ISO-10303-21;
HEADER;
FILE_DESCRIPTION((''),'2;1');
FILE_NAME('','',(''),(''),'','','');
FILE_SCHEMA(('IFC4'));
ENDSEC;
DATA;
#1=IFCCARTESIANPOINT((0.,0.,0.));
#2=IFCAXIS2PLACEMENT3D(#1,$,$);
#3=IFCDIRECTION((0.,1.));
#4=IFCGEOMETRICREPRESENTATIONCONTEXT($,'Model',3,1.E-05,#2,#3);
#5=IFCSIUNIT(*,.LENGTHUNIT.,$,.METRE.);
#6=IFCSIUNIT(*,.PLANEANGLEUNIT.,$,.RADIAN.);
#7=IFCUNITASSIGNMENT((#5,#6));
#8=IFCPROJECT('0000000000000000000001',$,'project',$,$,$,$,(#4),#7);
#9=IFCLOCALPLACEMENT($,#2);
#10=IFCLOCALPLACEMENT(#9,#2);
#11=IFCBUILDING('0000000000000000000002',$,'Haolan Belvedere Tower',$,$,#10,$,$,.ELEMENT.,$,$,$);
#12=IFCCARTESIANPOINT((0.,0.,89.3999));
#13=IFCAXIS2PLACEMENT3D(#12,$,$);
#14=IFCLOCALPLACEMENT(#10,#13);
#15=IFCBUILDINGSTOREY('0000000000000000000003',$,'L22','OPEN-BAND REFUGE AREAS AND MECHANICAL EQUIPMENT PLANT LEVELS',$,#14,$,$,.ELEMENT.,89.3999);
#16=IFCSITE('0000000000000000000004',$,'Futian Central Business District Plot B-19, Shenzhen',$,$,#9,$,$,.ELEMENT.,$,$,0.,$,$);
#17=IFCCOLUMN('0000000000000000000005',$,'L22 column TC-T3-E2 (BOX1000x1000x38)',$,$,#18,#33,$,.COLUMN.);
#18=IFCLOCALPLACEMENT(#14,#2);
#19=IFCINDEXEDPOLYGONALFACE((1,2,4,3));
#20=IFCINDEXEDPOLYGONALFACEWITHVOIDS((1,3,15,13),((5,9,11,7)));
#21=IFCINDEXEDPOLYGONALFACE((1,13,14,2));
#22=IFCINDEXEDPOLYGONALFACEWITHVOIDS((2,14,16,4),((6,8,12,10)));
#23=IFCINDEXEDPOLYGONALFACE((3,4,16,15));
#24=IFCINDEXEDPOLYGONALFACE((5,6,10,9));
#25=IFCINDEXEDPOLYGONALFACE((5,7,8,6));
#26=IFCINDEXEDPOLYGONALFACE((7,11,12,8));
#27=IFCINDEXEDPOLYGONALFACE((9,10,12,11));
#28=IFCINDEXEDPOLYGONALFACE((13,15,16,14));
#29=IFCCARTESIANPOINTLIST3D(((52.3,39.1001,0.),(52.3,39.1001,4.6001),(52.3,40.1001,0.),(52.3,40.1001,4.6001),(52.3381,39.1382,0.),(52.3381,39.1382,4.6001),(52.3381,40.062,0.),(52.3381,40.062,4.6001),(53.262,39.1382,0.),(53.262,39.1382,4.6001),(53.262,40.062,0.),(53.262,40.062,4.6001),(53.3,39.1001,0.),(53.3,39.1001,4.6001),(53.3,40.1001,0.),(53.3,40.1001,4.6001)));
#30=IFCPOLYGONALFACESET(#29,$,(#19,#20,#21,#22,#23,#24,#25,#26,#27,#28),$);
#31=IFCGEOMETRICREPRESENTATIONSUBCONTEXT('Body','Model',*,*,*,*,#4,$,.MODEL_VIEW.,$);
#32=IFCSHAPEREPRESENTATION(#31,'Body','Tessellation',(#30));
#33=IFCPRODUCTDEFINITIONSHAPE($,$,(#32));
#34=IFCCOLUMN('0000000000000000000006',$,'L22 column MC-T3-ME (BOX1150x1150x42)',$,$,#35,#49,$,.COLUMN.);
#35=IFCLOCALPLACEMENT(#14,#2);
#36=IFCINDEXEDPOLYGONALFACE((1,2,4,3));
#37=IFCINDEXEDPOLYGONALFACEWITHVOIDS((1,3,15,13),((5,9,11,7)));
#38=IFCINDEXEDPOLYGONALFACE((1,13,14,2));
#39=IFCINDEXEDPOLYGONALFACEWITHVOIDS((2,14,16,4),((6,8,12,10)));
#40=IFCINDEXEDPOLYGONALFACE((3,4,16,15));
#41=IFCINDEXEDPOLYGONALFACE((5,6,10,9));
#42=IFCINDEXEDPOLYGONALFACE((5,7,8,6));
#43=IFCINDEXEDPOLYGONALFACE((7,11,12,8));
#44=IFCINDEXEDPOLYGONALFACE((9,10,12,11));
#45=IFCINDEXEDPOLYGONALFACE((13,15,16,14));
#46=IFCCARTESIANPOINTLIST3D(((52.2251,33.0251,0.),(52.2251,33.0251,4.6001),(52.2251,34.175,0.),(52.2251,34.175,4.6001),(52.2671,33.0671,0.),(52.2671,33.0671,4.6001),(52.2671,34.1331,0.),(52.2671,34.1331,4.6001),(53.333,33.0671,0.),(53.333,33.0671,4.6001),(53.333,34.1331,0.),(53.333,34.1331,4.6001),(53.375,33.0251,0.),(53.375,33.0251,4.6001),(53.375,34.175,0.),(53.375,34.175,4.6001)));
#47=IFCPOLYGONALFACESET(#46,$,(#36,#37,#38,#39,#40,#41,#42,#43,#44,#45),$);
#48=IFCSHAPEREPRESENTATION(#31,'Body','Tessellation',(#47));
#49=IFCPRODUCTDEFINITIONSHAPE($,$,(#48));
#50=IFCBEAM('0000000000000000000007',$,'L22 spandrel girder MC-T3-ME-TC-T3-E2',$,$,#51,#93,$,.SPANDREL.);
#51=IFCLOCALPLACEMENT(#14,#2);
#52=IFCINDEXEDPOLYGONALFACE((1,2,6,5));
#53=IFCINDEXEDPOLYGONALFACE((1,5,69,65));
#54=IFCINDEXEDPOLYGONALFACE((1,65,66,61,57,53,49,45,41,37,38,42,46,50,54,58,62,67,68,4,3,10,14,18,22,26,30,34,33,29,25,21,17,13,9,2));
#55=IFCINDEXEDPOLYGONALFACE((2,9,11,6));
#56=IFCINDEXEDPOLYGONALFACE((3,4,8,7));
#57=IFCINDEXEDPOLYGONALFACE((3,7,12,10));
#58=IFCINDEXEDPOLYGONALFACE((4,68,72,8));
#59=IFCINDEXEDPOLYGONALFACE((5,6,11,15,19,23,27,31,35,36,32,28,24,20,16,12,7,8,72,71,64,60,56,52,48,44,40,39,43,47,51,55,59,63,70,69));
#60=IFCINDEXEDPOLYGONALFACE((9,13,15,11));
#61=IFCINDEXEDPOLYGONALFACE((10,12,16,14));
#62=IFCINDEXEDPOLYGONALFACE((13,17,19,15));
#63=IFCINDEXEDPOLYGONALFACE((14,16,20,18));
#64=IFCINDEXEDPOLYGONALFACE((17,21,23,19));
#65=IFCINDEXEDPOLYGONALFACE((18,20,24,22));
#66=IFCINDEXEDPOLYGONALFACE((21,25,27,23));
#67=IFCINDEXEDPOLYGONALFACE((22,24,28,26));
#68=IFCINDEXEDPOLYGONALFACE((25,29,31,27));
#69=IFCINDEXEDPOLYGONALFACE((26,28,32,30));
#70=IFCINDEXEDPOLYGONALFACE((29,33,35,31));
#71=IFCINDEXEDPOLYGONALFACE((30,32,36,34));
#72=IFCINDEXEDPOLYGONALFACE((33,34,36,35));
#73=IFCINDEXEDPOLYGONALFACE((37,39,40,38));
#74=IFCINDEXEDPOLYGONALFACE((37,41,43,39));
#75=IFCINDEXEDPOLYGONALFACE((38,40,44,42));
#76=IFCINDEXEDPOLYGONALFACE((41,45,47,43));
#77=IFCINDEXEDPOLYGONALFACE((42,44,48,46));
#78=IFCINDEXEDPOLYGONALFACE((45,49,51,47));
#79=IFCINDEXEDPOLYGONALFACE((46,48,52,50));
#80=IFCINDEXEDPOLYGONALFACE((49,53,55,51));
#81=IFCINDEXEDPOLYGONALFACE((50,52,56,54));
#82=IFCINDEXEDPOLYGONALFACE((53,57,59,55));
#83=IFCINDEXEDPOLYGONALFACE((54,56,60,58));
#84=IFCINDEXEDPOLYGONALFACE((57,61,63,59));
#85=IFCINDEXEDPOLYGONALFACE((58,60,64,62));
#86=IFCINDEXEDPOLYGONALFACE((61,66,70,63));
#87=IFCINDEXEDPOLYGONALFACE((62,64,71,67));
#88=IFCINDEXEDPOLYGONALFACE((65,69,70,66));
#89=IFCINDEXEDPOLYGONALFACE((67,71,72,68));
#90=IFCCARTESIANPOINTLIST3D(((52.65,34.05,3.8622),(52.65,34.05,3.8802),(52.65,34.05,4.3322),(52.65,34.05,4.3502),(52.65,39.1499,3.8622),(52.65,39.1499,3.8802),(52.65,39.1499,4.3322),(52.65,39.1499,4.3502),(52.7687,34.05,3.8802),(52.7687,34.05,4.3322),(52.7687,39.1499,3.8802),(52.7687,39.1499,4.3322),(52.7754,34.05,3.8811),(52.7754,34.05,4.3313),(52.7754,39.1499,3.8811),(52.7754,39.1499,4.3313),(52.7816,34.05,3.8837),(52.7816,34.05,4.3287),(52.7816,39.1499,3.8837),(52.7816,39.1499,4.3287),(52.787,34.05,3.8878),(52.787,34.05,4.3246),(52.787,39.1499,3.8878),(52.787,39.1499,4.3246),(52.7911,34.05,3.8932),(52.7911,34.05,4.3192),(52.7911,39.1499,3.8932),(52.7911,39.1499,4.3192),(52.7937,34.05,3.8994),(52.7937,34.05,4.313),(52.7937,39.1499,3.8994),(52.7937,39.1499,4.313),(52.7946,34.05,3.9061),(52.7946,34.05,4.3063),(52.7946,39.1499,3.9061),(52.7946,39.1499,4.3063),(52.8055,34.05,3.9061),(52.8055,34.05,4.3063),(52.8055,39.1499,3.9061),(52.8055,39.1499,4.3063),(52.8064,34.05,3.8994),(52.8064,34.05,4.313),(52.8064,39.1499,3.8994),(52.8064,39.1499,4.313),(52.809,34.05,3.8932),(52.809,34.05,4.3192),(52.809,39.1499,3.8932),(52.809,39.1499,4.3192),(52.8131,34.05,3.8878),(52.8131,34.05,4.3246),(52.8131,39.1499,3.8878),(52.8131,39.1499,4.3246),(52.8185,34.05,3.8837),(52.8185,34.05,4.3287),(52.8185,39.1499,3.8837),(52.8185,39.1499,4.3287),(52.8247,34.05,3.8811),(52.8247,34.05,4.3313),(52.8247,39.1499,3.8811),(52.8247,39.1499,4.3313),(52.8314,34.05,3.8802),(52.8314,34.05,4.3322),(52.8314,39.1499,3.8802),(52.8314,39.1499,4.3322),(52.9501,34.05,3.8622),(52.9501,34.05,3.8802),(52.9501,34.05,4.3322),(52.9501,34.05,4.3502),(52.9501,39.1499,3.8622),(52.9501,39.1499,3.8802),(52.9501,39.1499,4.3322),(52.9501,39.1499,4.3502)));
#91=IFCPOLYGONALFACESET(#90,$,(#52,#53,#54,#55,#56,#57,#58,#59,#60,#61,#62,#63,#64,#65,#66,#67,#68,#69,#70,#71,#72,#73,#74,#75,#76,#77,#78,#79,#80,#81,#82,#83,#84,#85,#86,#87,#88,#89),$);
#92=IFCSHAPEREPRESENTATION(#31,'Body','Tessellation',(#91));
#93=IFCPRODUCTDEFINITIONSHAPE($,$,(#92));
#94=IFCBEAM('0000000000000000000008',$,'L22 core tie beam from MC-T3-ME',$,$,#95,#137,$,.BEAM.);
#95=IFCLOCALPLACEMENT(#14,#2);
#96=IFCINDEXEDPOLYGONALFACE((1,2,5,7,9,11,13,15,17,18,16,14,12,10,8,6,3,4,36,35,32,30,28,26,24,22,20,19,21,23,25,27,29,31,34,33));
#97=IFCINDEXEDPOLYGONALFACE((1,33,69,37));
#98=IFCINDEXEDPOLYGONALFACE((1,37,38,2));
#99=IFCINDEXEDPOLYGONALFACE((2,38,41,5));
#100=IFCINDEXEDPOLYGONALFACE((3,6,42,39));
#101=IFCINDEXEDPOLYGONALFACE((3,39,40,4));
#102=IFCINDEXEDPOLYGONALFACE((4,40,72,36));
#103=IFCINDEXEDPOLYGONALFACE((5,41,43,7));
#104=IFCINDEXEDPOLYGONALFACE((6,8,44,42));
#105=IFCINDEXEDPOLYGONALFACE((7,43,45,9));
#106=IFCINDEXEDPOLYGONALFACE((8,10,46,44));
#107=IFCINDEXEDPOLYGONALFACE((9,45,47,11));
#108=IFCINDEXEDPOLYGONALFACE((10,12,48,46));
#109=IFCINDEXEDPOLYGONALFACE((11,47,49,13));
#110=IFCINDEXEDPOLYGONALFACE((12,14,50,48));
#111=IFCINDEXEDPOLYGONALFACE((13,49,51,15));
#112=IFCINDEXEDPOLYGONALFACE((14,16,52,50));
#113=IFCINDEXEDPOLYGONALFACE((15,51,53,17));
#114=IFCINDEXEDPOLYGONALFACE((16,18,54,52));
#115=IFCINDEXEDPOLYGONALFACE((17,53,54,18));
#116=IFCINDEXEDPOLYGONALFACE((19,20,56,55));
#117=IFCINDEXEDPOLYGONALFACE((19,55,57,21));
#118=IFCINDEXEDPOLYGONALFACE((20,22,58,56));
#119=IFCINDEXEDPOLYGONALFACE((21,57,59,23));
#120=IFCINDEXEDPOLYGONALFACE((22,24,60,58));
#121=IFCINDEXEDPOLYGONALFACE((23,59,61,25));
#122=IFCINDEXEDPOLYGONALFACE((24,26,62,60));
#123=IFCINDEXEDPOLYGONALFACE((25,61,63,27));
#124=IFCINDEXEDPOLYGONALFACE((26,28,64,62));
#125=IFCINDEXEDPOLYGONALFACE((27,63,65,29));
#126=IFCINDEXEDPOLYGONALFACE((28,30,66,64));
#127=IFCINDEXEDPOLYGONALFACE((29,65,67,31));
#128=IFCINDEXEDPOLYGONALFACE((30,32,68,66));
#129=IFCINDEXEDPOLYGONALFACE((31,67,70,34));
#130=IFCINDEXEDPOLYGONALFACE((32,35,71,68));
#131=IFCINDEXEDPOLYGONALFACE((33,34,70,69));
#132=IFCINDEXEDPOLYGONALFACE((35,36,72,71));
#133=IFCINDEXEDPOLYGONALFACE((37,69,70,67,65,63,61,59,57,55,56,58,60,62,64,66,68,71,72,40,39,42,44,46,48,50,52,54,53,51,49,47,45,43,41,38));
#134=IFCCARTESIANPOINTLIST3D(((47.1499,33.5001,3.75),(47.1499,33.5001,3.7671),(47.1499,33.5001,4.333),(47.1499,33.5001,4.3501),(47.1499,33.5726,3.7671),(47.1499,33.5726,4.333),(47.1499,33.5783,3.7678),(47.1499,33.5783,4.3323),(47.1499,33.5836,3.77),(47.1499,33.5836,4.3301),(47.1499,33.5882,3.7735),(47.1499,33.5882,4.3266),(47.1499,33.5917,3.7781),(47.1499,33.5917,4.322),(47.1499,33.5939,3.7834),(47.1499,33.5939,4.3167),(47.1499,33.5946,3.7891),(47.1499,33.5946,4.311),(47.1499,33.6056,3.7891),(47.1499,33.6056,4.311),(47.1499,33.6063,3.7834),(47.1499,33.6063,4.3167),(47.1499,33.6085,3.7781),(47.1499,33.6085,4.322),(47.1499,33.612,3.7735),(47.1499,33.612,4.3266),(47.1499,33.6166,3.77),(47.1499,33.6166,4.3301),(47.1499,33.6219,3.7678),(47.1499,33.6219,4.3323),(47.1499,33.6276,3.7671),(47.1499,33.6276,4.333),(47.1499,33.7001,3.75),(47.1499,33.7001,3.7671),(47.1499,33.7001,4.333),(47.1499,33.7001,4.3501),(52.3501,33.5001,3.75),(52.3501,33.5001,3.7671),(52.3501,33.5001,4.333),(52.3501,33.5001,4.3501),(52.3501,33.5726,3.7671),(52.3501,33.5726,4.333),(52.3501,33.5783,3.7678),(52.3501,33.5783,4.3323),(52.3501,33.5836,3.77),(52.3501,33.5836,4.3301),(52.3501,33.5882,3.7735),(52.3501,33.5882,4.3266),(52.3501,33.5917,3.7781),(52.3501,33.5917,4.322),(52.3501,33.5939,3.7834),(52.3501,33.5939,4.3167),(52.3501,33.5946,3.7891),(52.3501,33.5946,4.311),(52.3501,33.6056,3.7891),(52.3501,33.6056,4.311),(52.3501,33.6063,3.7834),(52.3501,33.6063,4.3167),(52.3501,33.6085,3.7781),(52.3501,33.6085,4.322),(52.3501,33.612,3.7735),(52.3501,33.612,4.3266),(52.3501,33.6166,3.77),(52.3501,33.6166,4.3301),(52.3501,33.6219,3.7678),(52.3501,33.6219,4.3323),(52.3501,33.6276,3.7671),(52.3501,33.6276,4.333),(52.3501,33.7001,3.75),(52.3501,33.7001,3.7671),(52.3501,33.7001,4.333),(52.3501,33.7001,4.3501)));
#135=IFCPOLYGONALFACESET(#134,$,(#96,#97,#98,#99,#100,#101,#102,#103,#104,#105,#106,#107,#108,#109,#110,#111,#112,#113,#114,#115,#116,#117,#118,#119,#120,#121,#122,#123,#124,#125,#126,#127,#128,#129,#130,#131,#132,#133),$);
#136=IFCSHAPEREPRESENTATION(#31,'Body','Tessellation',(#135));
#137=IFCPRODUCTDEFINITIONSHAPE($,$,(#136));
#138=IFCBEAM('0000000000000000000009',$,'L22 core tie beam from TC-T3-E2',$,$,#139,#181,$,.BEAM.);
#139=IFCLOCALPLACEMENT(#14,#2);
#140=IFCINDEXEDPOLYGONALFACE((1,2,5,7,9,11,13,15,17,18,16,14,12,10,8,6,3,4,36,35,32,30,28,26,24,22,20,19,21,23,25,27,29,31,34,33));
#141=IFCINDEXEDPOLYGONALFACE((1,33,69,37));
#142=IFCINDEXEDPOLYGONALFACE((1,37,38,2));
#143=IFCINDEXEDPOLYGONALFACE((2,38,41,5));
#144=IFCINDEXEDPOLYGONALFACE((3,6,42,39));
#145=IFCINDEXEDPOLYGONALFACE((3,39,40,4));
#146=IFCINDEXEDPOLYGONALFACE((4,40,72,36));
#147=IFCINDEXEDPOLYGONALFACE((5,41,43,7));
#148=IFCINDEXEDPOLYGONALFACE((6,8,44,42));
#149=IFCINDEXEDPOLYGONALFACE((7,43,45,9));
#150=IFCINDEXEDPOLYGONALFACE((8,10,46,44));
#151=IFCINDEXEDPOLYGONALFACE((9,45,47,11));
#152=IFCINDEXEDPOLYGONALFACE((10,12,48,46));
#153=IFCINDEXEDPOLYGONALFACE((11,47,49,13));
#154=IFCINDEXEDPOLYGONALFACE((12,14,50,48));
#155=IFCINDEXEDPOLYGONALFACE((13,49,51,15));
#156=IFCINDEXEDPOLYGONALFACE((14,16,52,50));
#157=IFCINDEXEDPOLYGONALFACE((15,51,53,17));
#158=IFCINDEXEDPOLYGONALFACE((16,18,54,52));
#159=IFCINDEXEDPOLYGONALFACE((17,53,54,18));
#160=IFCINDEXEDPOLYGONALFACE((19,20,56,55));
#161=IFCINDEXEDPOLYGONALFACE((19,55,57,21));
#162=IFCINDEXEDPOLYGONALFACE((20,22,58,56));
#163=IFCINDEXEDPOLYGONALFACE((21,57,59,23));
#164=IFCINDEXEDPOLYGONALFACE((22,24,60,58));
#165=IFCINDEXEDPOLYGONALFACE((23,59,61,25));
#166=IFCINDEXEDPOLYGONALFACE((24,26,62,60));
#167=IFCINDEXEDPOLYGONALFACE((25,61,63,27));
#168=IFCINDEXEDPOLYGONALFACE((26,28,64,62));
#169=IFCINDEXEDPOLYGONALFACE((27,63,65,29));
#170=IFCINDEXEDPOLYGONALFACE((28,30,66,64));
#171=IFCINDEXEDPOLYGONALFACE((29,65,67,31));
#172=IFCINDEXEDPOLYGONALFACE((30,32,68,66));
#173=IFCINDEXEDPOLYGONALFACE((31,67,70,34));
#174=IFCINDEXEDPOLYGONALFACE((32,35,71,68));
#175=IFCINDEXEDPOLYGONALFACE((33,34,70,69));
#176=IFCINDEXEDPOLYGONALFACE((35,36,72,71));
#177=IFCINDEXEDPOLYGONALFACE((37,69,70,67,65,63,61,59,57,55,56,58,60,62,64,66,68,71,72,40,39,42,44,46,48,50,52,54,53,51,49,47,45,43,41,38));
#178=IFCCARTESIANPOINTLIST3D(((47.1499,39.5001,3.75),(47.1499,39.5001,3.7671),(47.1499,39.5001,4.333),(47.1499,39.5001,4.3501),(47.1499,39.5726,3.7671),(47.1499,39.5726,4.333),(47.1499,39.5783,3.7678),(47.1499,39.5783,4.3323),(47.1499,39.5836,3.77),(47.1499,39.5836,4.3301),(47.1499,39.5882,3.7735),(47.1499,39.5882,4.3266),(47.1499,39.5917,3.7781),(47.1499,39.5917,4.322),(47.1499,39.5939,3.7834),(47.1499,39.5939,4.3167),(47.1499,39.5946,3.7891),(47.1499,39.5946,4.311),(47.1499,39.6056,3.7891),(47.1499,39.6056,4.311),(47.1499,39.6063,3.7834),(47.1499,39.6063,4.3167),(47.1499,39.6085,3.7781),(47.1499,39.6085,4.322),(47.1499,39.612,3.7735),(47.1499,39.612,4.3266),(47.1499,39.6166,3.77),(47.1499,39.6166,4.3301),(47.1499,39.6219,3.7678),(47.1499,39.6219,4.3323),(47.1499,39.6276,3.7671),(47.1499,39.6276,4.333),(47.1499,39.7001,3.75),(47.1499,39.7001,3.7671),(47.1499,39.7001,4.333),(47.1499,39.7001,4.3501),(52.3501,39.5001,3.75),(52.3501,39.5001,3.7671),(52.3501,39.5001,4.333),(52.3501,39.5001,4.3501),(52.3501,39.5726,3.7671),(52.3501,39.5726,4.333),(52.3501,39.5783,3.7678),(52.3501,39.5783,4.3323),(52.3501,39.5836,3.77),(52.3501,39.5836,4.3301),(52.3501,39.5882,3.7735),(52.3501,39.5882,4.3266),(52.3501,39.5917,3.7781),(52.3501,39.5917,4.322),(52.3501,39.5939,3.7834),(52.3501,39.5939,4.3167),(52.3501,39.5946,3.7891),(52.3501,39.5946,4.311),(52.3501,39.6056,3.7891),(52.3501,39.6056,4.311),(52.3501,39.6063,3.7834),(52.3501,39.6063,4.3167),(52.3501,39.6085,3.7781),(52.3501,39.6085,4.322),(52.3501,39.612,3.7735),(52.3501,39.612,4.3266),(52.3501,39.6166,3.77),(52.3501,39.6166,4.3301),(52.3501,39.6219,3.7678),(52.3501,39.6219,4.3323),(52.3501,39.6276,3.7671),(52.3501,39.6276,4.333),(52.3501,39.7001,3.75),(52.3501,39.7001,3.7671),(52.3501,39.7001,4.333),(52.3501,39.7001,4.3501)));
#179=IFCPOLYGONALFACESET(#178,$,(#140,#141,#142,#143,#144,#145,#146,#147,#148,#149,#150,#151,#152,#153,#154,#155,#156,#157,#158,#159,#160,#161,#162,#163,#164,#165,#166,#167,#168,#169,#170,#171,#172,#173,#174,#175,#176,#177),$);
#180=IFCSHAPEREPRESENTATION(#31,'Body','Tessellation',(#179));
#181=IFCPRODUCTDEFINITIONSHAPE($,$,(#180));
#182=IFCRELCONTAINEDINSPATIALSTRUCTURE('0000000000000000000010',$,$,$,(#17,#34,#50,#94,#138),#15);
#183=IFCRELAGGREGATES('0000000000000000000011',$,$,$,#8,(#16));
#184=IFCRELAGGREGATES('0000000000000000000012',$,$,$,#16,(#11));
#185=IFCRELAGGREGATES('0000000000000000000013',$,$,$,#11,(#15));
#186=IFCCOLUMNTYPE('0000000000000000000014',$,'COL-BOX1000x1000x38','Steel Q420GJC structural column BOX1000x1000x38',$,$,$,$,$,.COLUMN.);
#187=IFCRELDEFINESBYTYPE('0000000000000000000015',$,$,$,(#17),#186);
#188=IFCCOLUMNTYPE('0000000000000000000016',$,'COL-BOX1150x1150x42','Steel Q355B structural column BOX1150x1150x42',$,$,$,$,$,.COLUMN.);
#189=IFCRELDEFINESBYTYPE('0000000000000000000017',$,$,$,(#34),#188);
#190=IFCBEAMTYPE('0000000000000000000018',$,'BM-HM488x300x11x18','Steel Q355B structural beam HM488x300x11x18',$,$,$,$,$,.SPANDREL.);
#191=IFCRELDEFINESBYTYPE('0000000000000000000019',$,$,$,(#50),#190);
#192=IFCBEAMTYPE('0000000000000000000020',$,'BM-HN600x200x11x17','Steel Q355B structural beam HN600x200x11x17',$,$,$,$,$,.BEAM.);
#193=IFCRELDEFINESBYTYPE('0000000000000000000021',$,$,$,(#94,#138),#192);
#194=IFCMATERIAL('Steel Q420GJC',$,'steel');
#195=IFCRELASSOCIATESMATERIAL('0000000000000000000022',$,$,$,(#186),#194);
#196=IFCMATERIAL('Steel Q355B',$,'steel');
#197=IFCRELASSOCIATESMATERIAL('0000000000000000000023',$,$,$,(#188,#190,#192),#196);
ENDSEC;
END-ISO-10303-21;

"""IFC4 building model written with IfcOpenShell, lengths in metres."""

from ifc_helpers import new_model, si_unit, direction, frame, origin, origin_2d, place, context, subcontext, project, spatial, hollow_rectangle, i_section, extrude, material, material_profile, profile_set, type_object, element, save


model = new_model("IFC4")

# Units and contexts
model_context = context("Model", 3, precision=1e-05, world=origin(), true_north=direction((0.0, 1.0)))
body_context = subcontext(model_context, "Body", "Model", "MODEL_VIEW")
ifc_project = project(units=[si_unit("LENGTHUNIT", "METRE"), si_unit("PLANEANGLEUNIT", "RADIAN")], contexts=[model_context])

# Site, building, storey
site_placement = place(None, origin())
site = spatial("IfcSite", under=ifc_project, at=site_placement, Name="Futian Central Business District Plot B-19, Shenzhen", CompositionType="ELEMENT", RefElevation=0.0)
building_placement = place(site_placement, origin())
building = spatial("IfcBuilding", under=site, at=building_placement, Name="Haolan Belvedere Tower", CompositionType="ELEMENT")
storey_placement = place(building_placement, frame((0.0, 0.0, 89.3999)))
storey = spatial("IfcBuildingStorey", under=building, at=storey_placement, Name="L22", Description="OPEN-BAND REFUGE AREAS AND MECHANICAL EQUIPMENT PLANT LEVELS", CompositionType="ELEMENT", Elevation=89.3999)

# Columns
ifc_material_1 = material(Name="Steel Q420GJC", Category="steel")
ifc_material_profile_1 = material_profile(ifc_material_1, hollow_rectangle(XDim=1.0, YDim=1.0, WallThickness=0.0381, at=origin_2d()), Name="Steel Q420GJC")
ifc_profile_set_1 = profile_set([ifc_material_profile_1], Name="Steel Q420GJC")
column_type_1 = type_object("IfcColumnType", Name="COL-BOX1000x1000x38", Description="Steel Q420GJC structural column BOX1000x1000x38", PredefinedType="COLUMN", material=ifc_profile_set_1)
column_1_placement = place(storey_placement, frame((52.8, 39.6001, 0.0), z_axis=(0.0, 0.0, 1.0), x_axis=(1.0, 0.0, 0.0)))
element("IfcColumn", 1, at=column_1_placement, inside=storey, type_object=column_type_1, Name="L22 column TC-T3-E2 (BOX1000x1000x38)", PredefinedType="COLUMN", context=body_context, shape_type="SweptSolid", body=[
    extrude(hollow_rectangle(XDim=1.0, YDim=1.0, WallThickness=0.0381, at=origin_2d()), origin(), (0.0, 0.0, 1.0), 4.6001),
])
ifc_material_2 = material(Name="Steel Q355B", Category="steel")
ifc_material_profile_2 = material_profile(ifc_material_2, hollow_rectangle(XDim=1.1499, YDim=1.1499, WallThickness=0.042, at=origin_2d()), Name="Steel Q355B")
ifc_profile_set_2 = profile_set([ifc_material_profile_2], Name="Steel Q355B")
column_type_2 = type_object("IfcColumnType", Name="COL-BOX1150x1150x42", Description="Steel Q355B structural column BOX1150x1150x42", PredefinedType="COLUMN", material=ifc_profile_set_2)
column_2_placement = place(storey_placement, frame((52.8, 33.6001, 0.0), z_axis=(0.0, 0.0, 1.0), x_axis=(1.0, 0.0, 0.0)))
element("IfcColumn", 2, at=column_2_placement, inside=storey, type_object=column_type_2, Name="L22 column MC-T3-ME (BOX1150x1150x42)", PredefinedType="COLUMN", context=body_context, shape_type="SweptSolid", body=[
    extrude(hollow_rectangle(XDim=1.1499, YDim=1.1499, WallThickness=0.042, at=origin_2d()), origin(), (0.0, 0.0, 1.0), 4.6001),
])

# Beams
ifc_material_profile_3 = material_profile(ifc_material_2, i_section(OverallWidth=0.3, OverallDepth=0.488, WebThickness=0.011, FlangeThickness=0.0181, FilletRadius=0.0259, at=origin_2d()), Name="Steel Q355B")
ifc_profile_set_3 = profile_set([ifc_material_profile_3], Name="Steel Q355B")
beam_type_1 = type_object("IfcBeamType", Name="BM-HM488x300x11x18", Description="Steel Q355B structural beam HM488x300x11x18", PredefinedType="SPANDREL", material=ifc_profile_set_3)
beam_placement = place(storey_placement, frame((52.8, 34.05, 4.1062), z_axis=(0.0, 1.0, 0.0), x_axis=(-1.0, 0.0, 0.0)))
element("IfcBeam", 3, at=beam_placement, inside=storey, type_object=beam_type_1, Name="L22 spandrel girder MC-T3-ME-TC-T3-E2", PredefinedType="SPANDREL", context=body_context, shape_type="SweptSolid", body=[
    extrude(i_section(OverallWidth=0.3, OverallDepth=0.488, WebThickness=0.011, FlangeThickness=0.0181, FilletRadius=0.0259, at=origin_2d()), origin(), (0.0, 0.0, 1.0), 5.0999),
])
ifc_material_profile_4 = material_profile(ifc_material_2, i_section(OverallWidth=0.2, OverallDepth=0.6001, WebThickness=0.011, FlangeThickness=0.0171, FilletRadius=0.022, at=origin_2d()), Name="Steel Q355B")
ifc_profile_set_4 = profile_set([ifc_material_profile_4], Name="Steel Q355B")
beam_type_2 = type_object("IfcBeamType", Name="BM-HN600x200x11x17", Description="Steel Q355B structural beam HN600x200x11x17", PredefinedType="BEAM", material=ifc_profile_set_4)
for number, where, z_axis, x_axis, name in (
    (4, (52.3501, 33.6001, 4.05), (-1.0, 0.0, 0.0), (0.0, -1.0, 0.0), "L22 core tie beam from MC-T3-ME"),
    (5, (52.3501, 39.6001, 4.05), (-1.0, 0.0, 0.0), (0.0, -1.0, 0.0), "L22 core tie beam from TC-T3-E2"),
):
    element("IfcBeam", number, at=place(storey_placement, frame(where, z_axis=z_axis, x_axis=x_axis)), inside=storey, type_object=beam_type_2, Name=name, PredefinedType="BEAM", context=body_context, shape_type="SweptSolid", body=[
        extrude(i_section(OverallWidth=0.2, OverallDepth=0.6001, WebThickness=0.011, FlangeThickness=0.0171, FilletRadius=0.022, at=origin_2d()), origin(), (0.0, 0.0, 1.0), 5.2002),
    ])

save(model, "model.ifc")
